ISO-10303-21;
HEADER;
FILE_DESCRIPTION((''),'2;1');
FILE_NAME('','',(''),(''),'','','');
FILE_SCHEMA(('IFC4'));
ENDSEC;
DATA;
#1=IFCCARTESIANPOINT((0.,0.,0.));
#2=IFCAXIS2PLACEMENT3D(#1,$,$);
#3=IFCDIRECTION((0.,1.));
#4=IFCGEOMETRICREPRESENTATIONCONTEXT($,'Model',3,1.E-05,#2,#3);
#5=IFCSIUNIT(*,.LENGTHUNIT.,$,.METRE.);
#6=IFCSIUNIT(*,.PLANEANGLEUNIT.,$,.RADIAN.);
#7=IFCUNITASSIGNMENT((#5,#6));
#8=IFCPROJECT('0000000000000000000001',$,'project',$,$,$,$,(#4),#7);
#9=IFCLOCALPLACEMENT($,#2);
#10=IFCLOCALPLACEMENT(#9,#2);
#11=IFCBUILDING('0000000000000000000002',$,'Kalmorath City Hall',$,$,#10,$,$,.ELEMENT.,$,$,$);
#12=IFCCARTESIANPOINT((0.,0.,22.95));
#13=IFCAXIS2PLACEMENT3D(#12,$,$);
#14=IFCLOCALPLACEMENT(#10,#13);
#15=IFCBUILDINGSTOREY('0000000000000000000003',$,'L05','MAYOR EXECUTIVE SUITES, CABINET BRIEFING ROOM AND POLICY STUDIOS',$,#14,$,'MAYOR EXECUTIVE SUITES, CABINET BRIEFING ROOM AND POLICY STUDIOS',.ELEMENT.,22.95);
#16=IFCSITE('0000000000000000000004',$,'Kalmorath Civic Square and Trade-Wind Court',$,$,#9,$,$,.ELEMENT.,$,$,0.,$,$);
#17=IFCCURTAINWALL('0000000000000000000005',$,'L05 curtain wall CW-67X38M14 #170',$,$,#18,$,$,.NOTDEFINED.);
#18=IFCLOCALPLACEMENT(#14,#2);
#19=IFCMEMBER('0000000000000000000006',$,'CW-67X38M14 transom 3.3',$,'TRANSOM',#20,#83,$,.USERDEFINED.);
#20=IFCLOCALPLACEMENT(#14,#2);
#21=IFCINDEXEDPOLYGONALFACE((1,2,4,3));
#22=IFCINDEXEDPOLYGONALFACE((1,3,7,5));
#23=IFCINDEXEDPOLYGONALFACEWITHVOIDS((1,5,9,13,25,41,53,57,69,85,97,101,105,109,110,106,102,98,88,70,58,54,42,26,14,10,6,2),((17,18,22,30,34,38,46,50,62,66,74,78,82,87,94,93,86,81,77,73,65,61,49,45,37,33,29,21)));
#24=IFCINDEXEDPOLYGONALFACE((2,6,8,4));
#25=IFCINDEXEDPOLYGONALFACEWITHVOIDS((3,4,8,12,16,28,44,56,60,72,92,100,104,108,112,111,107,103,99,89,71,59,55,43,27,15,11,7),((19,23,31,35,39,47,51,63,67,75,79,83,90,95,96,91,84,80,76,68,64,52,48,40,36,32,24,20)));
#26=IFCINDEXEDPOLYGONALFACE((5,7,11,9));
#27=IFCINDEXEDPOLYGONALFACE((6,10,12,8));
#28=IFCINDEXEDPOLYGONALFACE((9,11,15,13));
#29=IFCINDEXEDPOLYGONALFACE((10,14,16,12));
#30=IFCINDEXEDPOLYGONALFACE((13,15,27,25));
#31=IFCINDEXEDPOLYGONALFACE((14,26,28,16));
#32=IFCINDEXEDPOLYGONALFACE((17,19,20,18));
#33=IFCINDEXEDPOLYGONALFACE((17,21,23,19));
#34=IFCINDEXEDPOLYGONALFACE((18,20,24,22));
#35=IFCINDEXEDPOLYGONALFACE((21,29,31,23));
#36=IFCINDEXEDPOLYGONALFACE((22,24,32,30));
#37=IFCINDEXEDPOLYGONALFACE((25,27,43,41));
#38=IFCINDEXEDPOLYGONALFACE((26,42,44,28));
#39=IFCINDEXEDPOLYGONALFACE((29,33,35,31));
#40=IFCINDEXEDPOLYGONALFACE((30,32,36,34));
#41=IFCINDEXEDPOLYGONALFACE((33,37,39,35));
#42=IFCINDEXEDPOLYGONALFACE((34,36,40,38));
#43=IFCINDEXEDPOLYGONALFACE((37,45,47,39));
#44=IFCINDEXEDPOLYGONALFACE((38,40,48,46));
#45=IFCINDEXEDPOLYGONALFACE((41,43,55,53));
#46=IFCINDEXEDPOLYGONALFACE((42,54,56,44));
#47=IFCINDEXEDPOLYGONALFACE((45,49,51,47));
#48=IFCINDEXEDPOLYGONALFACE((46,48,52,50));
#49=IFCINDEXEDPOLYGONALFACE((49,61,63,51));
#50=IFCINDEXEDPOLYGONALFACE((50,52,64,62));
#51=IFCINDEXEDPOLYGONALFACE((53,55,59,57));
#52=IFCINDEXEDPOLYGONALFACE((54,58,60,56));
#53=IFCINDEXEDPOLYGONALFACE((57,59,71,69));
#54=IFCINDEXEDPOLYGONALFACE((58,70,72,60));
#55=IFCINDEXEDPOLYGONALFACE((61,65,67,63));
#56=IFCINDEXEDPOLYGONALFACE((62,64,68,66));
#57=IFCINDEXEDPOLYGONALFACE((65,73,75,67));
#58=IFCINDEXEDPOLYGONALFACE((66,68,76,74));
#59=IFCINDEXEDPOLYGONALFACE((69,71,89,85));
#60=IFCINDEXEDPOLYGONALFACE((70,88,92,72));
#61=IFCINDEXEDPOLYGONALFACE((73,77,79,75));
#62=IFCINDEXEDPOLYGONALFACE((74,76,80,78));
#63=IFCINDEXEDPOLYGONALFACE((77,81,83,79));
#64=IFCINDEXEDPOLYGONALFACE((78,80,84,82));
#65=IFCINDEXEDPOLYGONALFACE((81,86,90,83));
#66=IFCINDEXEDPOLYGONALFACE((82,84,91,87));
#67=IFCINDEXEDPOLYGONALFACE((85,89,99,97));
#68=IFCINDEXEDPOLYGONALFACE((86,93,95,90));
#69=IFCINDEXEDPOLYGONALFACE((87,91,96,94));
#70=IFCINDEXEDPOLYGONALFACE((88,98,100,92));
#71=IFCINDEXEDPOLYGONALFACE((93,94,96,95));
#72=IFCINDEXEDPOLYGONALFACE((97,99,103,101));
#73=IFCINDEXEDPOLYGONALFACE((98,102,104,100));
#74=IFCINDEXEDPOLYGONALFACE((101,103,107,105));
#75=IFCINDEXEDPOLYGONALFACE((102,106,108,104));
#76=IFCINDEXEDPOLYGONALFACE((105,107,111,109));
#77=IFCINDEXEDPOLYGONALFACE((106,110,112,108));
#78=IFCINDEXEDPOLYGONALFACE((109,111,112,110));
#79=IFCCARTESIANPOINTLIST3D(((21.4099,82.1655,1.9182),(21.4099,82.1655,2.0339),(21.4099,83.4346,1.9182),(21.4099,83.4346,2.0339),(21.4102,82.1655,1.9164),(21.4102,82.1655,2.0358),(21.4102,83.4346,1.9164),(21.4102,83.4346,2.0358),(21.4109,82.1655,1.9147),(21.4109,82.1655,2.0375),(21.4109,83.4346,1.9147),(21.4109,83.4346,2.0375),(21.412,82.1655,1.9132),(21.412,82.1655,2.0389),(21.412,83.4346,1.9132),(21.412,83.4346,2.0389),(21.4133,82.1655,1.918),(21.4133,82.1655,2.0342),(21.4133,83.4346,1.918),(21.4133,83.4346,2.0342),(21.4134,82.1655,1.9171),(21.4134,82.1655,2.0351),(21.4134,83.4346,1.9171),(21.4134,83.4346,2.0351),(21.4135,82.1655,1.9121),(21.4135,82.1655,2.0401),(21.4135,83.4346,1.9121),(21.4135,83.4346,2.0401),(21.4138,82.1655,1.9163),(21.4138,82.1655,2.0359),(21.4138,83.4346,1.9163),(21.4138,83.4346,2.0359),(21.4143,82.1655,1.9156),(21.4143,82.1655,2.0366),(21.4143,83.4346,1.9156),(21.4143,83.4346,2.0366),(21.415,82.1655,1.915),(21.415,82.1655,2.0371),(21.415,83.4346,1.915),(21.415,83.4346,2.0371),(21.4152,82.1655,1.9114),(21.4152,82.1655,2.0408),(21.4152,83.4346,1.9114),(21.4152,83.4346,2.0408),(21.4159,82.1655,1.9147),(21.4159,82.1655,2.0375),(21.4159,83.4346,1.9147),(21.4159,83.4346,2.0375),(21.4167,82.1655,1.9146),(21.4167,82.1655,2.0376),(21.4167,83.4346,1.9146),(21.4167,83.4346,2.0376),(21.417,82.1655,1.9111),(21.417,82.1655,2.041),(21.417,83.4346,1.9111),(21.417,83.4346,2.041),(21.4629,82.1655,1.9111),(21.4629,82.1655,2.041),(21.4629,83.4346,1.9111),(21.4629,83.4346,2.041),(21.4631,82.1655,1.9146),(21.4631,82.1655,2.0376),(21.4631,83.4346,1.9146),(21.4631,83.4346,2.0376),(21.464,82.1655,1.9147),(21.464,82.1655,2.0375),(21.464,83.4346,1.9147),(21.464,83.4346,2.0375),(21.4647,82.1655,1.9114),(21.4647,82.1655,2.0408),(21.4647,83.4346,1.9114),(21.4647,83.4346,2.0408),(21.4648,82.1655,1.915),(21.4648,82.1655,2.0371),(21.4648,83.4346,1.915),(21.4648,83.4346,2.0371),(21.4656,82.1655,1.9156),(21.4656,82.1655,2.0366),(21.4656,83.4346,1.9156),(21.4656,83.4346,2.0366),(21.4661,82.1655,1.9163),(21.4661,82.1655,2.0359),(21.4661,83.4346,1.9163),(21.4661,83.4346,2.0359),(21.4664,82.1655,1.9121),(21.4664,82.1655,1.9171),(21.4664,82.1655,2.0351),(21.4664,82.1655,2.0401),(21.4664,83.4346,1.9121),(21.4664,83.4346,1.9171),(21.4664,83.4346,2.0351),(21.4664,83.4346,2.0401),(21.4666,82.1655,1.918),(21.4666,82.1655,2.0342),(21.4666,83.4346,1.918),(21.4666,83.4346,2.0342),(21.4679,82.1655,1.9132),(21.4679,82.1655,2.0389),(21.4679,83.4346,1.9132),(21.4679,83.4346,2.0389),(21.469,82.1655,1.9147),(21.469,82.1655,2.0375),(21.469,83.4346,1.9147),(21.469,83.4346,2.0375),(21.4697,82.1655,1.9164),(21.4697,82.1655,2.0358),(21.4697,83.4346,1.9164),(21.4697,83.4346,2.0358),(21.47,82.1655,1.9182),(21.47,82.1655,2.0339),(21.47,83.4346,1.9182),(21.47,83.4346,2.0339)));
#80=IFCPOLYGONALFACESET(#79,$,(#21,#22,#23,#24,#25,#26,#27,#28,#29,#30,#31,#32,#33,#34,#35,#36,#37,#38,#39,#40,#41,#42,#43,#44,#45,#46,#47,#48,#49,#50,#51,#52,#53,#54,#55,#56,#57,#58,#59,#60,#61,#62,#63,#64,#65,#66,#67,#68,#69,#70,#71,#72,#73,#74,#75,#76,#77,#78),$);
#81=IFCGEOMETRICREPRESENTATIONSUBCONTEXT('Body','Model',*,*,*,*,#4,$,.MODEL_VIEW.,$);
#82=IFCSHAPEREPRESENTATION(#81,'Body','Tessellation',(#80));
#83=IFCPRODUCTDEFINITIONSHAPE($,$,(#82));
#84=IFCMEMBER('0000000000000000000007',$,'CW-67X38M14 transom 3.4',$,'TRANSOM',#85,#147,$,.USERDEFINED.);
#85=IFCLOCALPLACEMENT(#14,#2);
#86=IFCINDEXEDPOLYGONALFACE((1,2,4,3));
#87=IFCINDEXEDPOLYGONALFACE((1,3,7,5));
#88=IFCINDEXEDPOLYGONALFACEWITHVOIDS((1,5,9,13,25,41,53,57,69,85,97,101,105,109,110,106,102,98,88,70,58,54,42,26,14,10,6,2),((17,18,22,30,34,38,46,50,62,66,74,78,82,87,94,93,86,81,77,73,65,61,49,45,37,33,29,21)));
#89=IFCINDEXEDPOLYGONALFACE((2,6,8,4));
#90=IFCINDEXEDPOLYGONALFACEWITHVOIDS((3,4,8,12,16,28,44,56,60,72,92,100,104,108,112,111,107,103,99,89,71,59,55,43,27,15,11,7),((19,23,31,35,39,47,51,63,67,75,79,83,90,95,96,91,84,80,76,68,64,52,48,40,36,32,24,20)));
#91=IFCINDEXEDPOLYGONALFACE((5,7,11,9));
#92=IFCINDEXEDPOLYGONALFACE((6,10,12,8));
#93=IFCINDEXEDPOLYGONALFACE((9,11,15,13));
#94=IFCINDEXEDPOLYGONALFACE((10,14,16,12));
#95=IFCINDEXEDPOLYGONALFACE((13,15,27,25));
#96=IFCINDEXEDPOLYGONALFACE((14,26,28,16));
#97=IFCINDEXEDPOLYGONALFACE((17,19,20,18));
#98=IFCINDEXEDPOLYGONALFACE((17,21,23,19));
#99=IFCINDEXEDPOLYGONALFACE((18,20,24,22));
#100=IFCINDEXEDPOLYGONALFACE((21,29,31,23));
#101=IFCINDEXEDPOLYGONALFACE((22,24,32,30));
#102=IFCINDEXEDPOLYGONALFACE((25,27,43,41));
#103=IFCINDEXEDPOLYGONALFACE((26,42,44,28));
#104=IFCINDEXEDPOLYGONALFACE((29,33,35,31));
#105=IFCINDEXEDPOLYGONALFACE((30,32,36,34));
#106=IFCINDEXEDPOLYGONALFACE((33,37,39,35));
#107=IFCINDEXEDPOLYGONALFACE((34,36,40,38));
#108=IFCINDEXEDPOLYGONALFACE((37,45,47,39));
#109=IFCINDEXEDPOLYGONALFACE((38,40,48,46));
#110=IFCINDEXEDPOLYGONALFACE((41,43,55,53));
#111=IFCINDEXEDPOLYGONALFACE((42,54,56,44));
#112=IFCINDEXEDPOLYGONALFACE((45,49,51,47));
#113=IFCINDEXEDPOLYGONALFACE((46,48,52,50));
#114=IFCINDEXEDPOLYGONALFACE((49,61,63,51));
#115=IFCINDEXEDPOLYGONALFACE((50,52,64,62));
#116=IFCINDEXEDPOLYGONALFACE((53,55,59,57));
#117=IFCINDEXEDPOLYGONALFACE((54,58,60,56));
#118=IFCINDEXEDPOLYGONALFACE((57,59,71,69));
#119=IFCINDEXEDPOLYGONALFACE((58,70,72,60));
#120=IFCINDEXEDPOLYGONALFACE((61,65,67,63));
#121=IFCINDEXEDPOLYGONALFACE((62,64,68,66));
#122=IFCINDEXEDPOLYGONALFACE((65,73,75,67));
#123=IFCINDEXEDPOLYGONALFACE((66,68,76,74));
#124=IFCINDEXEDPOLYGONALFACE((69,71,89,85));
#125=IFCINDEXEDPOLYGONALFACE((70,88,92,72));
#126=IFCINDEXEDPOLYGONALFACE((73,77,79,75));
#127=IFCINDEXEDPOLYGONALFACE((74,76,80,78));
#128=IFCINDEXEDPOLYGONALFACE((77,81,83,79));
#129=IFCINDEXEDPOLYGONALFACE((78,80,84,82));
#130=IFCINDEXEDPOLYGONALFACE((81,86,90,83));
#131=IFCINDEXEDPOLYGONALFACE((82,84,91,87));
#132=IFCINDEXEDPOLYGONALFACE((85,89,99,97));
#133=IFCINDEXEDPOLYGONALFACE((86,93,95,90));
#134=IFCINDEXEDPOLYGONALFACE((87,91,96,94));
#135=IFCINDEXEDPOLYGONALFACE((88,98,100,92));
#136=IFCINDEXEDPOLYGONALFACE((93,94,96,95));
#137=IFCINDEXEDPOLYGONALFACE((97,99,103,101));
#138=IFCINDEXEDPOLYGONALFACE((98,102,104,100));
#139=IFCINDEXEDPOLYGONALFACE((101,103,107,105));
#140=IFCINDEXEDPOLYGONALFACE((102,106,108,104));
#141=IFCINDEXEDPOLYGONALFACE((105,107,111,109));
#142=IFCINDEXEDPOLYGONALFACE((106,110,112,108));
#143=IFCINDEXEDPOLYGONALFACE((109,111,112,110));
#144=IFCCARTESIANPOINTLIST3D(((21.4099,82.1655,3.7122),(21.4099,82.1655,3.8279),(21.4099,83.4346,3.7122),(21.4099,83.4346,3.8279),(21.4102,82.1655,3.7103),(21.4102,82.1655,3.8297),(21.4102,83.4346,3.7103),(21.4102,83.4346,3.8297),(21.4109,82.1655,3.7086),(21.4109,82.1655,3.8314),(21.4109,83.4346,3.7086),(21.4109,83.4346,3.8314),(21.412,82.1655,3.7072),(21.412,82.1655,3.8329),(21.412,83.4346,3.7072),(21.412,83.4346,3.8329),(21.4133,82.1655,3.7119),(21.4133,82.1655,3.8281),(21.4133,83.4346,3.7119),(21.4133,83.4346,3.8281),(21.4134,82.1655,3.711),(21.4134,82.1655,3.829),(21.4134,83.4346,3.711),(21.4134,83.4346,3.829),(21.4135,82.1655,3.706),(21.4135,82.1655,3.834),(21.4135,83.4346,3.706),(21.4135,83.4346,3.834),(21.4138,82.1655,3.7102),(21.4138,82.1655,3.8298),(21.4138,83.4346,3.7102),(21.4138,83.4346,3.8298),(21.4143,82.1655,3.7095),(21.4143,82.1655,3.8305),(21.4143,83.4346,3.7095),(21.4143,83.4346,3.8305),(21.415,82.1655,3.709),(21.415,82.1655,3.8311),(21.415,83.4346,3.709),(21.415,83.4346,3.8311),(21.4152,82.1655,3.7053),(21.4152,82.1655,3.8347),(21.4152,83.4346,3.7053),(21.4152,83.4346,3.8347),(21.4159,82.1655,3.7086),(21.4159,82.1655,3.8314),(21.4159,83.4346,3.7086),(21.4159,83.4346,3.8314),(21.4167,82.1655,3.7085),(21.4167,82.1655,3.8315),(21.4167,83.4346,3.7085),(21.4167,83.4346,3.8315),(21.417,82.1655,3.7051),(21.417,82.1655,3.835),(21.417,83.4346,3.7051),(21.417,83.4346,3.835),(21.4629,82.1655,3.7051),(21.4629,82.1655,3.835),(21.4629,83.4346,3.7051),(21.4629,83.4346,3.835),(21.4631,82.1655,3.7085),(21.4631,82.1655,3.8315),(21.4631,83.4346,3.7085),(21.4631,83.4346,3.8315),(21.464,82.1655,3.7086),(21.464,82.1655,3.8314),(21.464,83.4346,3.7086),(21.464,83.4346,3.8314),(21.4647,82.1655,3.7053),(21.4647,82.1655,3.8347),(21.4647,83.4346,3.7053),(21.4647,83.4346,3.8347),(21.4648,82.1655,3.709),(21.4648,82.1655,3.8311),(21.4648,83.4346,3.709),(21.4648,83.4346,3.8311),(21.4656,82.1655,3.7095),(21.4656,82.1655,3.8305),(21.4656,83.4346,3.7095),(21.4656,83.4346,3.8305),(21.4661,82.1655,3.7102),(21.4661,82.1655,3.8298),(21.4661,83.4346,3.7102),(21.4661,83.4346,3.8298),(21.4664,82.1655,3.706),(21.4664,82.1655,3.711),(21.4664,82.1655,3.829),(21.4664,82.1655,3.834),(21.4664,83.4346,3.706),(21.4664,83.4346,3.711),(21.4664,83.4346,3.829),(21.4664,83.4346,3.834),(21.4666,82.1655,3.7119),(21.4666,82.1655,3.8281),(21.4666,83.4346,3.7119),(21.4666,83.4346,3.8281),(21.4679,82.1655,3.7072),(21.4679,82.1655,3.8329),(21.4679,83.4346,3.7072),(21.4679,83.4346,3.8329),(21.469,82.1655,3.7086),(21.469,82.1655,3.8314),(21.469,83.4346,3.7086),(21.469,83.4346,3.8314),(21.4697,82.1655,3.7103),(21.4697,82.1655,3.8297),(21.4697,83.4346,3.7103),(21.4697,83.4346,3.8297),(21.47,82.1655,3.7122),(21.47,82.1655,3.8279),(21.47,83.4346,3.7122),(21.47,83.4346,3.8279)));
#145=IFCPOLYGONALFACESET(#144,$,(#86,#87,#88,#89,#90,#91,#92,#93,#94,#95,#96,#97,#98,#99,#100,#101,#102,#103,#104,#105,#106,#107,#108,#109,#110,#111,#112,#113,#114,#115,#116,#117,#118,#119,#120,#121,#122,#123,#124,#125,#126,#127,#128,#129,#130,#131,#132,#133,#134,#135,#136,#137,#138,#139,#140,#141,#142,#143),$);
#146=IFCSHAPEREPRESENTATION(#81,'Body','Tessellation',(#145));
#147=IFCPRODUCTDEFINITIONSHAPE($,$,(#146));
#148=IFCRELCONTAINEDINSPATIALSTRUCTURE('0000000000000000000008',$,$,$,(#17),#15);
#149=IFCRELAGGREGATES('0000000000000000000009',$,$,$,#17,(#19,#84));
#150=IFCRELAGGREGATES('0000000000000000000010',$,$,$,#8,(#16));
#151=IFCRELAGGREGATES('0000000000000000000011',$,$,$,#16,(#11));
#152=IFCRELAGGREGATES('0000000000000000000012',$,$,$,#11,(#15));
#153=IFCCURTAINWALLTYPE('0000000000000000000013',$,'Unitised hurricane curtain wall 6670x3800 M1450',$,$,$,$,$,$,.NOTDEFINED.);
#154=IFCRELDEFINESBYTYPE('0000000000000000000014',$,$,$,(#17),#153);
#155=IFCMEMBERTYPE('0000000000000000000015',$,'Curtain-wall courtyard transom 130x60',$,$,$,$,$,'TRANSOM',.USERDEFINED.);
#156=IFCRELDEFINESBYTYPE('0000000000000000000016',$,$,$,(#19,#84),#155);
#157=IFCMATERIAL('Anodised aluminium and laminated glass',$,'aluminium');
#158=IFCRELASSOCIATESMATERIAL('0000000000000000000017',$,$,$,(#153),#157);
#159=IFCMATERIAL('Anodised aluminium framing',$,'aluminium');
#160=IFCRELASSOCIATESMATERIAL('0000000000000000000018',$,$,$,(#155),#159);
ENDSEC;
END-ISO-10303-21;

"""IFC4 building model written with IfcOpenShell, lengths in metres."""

from ifc_helpers import new_model, si_unit, direction, frame, origin, origin_2d, place, context, subcontext, project, spatial, hollow_rectangle, extrude, material, material_profile, profile_set, type_object, element, aggregate, save


model = new_model("IFC4")

# Units and contexts
model_context = context("Model", 3, precision=1e-05, world=origin(), true_north=direction((0.0, 1.0)))
body_context = subcontext(model_context, "Body", "Model", "MODEL_VIEW")
ifc_project = project(units=[si_unit("LENGTHUNIT", "METRE"), si_unit("PLANEANGLEUNIT", "RADIAN")], contexts=[model_context])

# Site, building, storey
site_placement = place(None, origin())
site = spatial("IfcSite", under=ifc_project, at=site_placement, Name="Kalmorath Civic Square and Trade-Wind Court", CompositionType="ELEMENT", RefElevation=0.0)
building_placement = place(site_placement, origin())
building = spatial("IfcBuilding", under=site, at=building_placement, Name="Kalmorath City Hall", CompositionType="ELEMENT")
storey_placement = place(building_placement, frame((0.0, 0.0, 22.95)))
storey = spatial("IfcBuildingStorey", under=building, at=storey_placement, Name="L05", Description="MAYOR EXECUTIVE SUITES, CABINET BRIEFING ROOM AND POLICY STUDIOS", LongName="MAYOR EXECUTIVE SUITES, CABINET BRIEFING ROOM AND POLICY STUDIOS", CompositionType="ELEMENT", Elevation=22.95)

# Curtain wall, members
ifc_material_1 = material(Name="Anodised aluminium and laminated glass", Category="aluminium")
curtain_wall_type = type_object("IfcCurtainWallType", Name="Unitised hurricane curtain wall 6670x3800 M1450", PredefinedType="NOTDEFINED", material=ifc_material_1)
curtain_wall_placement = place(storey_placement, origin())
curtain_wall = element("IfcCurtainWall", 1, at=curtain_wall_placement, inside=storey, type_object=curtain_wall_type, Name="L05 curtain wall CW-67X38M14 #170", PredefinedType="NOTDEFINED")
ifc_material_2 = material(Name="Anodised aluminium framing", Category="aluminium")
ifc_material_profile_1 = material_profile(ifc_material_2, hollow_rectangle(XDim=0.0601, YDim=0.1299, WallThickness=0.0034, InnerFilletRadius=0.0034, OuterFilletRadius=0.0071, at=origin_2d()), Name="ALU-TRN-130X60X3.5")
ifc_profile_set_1 = profile_set([ifc_material_profile_1], Name="Anodised aluminium framing")
member_type_1 = type_object("IfcMemberType", Name="Curtain-wall courtyard transom 130x60", ElementType="TRANSOM", PredefinedType="USERDEFINED", material=ifc_profile_set_1)
member_1_placement = place(storey_placement, frame((21.4399, 83.4346, 1.9761), z_axis=(0.0, -1.0, 0.0), x_axis=(1.0, 0.0, 0.0)))
member_1 = element("IfcMember", 2, at=member_1_placement, type_object=member_type_1, Name="CW-67X38M14 transom 3.3", ObjectType="TRANSOM", PredefinedType="USERDEFINED", context=body_context, shape_type="SweptSolid", body=[
    extrude(hollow_rectangle(XDim=0.0601, YDim=0.1299, WallThickness=0.0034, InnerFilletRadius=0.0034, OuterFilletRadius=0.0071, at=origin_2d()), origin(), (0.0, 0.0, 1.0), 1.269),
])
member_2_placement = place(storey_placement, frame((21.4399, 83.4346, 3.77), z_axis=(0.0, -1.0, 0.0), x_axis=(1.0, 0.0, 0.0)))
member_2 = element("IfcMember", 3, at=member_2_placement, type_object=member_type_1, Name="CW-67X38M14 transom 3.4", ObjectType="TRANSOM", PredefinedType="USERDEFINED", context=body_context, shape_type="SweptSolid", body=[
    extrude(hollow_rectangle(XDim=0.0601, YDim=0.1299, WallThickness=0.0034, InnerFilletRadius=0.0034, OuterFilletRadius=0.0071, at=origin_2d()), origin(), (0.0, 0.0, 1.0), 1.269),
])
aggregate(curtain_wall, [member_1, member_2])

save(model, "model.ifc")
